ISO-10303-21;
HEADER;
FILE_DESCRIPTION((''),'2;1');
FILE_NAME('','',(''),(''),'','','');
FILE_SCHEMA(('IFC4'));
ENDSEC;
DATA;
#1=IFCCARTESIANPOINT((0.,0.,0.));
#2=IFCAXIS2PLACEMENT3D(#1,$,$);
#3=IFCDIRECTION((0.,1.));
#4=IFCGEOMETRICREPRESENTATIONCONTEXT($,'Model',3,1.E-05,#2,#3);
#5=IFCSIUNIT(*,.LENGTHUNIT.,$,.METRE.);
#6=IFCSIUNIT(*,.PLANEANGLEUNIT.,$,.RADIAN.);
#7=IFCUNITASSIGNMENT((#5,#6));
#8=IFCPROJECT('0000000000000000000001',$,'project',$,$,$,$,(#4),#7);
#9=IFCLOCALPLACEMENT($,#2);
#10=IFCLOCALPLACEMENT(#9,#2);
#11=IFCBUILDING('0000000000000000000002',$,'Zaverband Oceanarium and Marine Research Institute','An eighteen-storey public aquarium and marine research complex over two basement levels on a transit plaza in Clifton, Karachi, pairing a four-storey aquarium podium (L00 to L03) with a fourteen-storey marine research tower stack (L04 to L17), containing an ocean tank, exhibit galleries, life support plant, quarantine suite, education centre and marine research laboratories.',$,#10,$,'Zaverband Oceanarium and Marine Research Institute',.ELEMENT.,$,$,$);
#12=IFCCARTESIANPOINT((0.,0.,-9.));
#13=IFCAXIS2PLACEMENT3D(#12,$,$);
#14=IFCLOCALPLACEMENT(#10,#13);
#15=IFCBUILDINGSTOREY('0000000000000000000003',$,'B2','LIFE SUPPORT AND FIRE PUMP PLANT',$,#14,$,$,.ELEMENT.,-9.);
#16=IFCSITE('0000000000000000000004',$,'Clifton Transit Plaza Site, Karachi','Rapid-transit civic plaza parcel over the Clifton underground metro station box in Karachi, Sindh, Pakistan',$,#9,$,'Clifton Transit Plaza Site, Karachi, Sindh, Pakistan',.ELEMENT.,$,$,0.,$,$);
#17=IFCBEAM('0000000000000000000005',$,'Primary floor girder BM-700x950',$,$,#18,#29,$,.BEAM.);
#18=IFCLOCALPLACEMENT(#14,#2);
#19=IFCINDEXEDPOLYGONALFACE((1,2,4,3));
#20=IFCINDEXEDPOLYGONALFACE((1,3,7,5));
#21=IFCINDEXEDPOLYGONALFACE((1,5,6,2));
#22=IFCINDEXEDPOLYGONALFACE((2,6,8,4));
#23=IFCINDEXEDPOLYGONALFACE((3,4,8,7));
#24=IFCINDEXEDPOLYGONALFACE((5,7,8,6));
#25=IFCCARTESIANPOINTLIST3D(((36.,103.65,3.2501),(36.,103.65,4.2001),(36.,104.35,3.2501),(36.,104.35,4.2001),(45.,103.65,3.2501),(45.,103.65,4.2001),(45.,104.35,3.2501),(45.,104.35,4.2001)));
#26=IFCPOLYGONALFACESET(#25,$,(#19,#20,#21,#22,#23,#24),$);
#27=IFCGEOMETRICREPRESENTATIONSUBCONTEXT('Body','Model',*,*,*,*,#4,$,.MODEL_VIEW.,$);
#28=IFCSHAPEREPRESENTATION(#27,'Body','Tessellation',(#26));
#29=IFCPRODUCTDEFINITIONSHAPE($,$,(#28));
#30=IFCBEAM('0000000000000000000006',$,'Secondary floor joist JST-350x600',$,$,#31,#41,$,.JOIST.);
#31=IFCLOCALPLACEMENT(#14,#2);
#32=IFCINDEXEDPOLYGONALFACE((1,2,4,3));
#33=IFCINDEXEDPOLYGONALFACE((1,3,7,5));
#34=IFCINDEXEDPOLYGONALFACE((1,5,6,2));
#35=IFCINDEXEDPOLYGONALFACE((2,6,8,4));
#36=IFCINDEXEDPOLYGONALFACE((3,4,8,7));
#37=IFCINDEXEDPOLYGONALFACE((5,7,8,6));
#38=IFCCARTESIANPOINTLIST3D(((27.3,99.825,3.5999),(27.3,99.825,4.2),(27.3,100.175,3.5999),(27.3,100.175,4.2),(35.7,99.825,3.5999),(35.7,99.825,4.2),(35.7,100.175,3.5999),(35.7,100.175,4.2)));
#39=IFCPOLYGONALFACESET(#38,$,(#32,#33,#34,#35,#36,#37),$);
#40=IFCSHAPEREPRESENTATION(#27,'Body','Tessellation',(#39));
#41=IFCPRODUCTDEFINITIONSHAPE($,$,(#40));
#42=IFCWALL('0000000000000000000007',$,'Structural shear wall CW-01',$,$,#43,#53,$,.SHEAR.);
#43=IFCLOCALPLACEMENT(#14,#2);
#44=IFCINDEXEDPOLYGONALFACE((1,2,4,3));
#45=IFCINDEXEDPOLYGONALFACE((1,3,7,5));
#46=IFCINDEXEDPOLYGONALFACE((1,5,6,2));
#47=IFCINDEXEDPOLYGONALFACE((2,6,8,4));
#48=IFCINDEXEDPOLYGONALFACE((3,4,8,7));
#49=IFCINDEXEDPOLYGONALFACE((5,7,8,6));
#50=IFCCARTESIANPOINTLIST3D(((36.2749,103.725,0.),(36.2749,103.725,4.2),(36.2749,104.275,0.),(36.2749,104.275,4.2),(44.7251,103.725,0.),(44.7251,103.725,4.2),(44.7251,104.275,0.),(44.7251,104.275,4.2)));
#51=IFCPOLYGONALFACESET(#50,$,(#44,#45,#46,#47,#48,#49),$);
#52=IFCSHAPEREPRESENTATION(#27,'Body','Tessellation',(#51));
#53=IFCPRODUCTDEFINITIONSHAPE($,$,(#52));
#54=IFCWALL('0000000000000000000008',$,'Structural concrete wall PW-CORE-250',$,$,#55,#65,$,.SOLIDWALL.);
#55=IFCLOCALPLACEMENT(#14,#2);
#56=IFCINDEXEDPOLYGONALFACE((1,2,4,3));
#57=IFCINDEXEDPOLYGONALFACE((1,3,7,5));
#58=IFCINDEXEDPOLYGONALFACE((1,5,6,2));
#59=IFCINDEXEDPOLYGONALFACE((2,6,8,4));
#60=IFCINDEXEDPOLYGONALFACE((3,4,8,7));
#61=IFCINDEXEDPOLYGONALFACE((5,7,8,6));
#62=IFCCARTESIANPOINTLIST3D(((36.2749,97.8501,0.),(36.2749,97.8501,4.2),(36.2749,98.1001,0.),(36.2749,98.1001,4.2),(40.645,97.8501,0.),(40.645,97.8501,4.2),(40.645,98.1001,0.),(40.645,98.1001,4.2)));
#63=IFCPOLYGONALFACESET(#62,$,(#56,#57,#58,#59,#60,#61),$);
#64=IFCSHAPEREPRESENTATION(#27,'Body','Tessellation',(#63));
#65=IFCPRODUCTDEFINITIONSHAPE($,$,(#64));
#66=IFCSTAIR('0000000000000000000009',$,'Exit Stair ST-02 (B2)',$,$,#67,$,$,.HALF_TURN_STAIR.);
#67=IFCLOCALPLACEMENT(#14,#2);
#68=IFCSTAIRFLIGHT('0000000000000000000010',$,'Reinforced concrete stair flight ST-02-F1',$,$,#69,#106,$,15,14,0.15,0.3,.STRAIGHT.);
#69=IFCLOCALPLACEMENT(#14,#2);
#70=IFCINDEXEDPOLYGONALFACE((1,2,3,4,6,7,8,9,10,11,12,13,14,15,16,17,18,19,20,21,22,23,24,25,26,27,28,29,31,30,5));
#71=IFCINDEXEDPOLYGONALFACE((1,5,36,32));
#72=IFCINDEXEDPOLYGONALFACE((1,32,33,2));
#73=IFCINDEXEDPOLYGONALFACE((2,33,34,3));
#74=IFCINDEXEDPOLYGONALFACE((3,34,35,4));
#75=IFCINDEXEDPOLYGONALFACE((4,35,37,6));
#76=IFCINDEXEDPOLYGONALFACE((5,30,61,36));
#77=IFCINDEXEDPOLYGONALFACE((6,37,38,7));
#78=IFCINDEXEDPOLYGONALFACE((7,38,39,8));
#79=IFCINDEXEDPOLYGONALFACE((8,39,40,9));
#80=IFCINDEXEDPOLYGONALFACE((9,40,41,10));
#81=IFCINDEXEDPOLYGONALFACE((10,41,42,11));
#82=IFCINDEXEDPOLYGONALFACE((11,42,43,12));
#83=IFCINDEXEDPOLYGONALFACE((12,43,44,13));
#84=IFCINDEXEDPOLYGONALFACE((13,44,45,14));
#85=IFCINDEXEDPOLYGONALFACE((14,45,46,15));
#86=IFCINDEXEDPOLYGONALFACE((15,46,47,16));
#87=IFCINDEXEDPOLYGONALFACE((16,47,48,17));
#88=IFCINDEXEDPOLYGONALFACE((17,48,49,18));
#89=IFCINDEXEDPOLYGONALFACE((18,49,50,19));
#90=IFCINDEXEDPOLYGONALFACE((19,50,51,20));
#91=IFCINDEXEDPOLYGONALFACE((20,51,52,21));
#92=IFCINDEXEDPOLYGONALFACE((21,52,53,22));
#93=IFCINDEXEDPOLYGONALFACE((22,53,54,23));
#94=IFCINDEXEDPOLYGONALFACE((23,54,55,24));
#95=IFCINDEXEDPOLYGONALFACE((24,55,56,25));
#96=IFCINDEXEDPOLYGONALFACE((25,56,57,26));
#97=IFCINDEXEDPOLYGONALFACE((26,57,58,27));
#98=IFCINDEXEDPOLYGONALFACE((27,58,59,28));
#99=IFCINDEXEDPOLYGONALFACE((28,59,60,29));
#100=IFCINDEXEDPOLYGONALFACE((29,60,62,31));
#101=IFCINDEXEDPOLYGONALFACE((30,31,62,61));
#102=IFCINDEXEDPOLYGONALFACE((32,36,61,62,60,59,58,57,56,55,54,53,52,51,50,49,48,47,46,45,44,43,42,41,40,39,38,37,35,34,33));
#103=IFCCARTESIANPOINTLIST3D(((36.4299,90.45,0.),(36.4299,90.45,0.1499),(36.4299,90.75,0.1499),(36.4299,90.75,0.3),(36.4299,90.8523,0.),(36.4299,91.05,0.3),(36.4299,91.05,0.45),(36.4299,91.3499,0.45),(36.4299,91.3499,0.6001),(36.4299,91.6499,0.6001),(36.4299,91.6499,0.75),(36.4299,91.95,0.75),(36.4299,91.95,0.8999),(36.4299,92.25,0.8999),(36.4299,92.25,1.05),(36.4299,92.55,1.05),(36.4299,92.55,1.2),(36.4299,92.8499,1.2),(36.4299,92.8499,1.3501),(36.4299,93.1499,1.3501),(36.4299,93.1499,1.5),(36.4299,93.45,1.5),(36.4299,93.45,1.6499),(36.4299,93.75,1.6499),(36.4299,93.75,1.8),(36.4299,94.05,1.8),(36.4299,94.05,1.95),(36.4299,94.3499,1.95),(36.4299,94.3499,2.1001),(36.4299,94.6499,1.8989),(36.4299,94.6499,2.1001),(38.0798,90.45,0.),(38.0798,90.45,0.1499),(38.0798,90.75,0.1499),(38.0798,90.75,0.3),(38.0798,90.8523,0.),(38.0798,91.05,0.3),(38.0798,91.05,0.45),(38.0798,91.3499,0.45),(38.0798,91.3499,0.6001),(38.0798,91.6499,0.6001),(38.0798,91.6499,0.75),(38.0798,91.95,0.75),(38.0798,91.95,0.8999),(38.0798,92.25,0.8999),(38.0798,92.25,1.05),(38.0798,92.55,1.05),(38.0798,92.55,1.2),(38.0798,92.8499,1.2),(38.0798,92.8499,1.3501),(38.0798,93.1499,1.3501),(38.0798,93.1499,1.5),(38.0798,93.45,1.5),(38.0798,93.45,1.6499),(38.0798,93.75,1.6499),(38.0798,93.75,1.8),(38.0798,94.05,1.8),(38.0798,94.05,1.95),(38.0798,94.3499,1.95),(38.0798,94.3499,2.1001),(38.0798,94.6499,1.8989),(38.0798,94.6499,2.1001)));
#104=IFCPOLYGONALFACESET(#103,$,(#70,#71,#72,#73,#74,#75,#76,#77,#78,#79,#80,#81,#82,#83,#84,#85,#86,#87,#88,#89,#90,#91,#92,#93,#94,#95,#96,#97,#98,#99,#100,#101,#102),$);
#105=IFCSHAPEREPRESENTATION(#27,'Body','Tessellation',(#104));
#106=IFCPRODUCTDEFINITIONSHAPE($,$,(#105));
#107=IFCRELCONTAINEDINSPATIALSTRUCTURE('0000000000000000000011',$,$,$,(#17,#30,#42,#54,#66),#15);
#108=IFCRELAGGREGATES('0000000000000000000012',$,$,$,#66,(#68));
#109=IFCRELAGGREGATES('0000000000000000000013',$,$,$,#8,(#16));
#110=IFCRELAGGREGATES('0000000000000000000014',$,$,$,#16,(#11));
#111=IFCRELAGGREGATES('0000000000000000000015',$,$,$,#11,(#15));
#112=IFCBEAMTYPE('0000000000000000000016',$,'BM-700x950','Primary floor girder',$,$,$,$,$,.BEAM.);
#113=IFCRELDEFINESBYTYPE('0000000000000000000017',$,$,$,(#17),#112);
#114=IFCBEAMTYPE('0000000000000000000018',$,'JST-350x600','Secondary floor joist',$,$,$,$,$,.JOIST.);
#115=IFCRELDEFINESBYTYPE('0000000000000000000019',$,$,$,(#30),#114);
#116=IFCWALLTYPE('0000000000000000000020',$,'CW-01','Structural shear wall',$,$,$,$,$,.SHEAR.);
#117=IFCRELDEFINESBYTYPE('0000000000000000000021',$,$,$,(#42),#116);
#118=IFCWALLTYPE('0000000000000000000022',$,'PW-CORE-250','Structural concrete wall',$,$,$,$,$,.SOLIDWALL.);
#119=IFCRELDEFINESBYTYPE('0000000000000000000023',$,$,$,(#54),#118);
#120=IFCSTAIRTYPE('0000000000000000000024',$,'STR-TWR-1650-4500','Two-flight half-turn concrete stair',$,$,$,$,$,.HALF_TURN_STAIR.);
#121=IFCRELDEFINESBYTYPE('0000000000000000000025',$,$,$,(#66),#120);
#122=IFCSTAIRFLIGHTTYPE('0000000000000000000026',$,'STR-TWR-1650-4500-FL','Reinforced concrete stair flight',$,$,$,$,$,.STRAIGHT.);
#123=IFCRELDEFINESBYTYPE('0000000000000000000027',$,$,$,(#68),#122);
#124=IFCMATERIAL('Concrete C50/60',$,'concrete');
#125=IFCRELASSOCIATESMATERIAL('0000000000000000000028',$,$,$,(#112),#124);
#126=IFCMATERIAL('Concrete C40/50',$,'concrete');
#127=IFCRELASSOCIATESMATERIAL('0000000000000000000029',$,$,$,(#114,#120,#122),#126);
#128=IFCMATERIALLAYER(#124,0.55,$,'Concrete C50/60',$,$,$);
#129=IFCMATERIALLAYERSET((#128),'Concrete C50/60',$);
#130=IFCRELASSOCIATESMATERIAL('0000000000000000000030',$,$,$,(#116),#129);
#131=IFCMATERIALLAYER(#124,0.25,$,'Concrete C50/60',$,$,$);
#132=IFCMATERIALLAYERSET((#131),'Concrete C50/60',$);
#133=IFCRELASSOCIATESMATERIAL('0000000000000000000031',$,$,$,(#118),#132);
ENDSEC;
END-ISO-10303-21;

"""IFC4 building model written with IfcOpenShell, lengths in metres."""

from ifc_helpers import new_model, si_unit, direction, frame, frame_2d, origin, origin_2d, place, context, subcontext, project, spatial, polyline, rectangle, outline, extrude, material, layer, layer_set, material_profile, profile_set, type_object, element, aggregate, save


model = new_model("IFC4")

# Units and contexts
model_context = context("Model", 3, precision=1e-05, world=origin(), true_north=direction((0.0, 1.0)))
body_context = subcontext(model_context, "Body", "Model", "MODEL_VIEW")
ifc_project = project(units=[si_unit("LENGTHUNIT", "METRE"), si_unit("PLANEANGLEUNIT", "RADIAN")], contexts=[model_context])

# Site, building, storey
site_placement = place(None, origin())
site = spatial("IfcSite", under=ifc_project, at=site_placement, Name="Clifton Transit Plaza Site, Karachi", Description="Rapid-transit civic plaza parcel over the Clifton underground metro station box in Karachi, Sindh, Pakistan", LongName="Clifton Transit Plaza Site, Karachi, Sindh, Pakistan", CompositionType="ELEMENT", RefElevation=0.0)
building_placement = place(site_placement, origin())
building = spatial("IfcBuilding", under=site, at=building_placement, Name="Zaverband Oceanarium and Marine Research Institute", Description="An eighteen-storey public aquarium and marine research complex over two basement levels on a transit plaza in Clifton, Karachi, pairing a four-storey aquarium podium (L00 to L03) with a fourteen-storey marine research tower stack (L04 to L17), containing an ocean tank, exhibit galleries, life support plant, quarantine suite, education centre and marine research laboratories.", LongName="Zaverband Oceanarium and Marine Research Institute", CompositionType="ELEMENT")
storey_placement = place(building_placement, frame((0.0, 0.0, -9.0)))
storey = spatial("IfcBuildingStorey", under=building, at=storey_placement, Name="B2", Description="LIFE SUPPORT AND FIRE PUMP PLANT", CompositionType="ELEMENT", Elevation=-9.0)

# Shared definitions
ifc_material_1 = material(Name="Concrete C50/60", Category="concrete")

# Beams
ifc_material_2 = material(Name="Concrete C40/50", Category="concrete")
ifc_material_profile_1 = material_profile(ifc_material_1, rectangle(XDim=0.7, YDim=0.95, at=origin_2d()), Name="RC700x950")
ifc_profile_set_1 = profile_set([ifc_material_profile_1], Name="Concrete C50/60")
beam_type_1 = type_object("IfcBeamType", Name="BM-700x950", Description="Primary floor girder", PredefinedType="BEAM", material=ifc_profile_set_1)
beam_1_placement = place(storey_placement, frame((36.0, 104.0, 3.7251), z_axis=(1.0, 0.0, 0.0), x_axis=(0.0, 1.0, 0.0)))
element("IfcBeam", 1, at=beam_1_placement, inside=storey, type_object=beam_type_1, Name="Primary floor girder BM-700x950", PredefinedType="BEAM", context=body_context, shape_type="SweptSolid", body=[
    extrude(rectangle(XDim=0.7, YDim=0.95, at=origin_2d()), origin(), (0.0, 0.0, 1.0), 9.0),
])
ifc_material_profile_2 = material_profile(ifc_material_2, rectangle(XDim=0.3501, YDim=0.6001, at=origin_2d()), Name="RC350x600")
ifc_profile_set_2 = profile_set([ifc_material_profile_2], Name="Concrete C40/50")
beam_type_2 = type_object("IfcBeamType", Name="JST-350x600", Description="Secondary floor joist", PredefinedType="JOIST", material=ifc_profile_set_2)
beam_2_placement = place(storey_placement, frame((27.3, 100.0, 3.8999), z_axis=(1.0, 0.0, 0.0), x_axis=(0.0, 1.0, 0.0)))
element("IfcBeam", 2, at=beam_2_placement, inside=storey, type_object=beam_type_2, Name="Secondary floor joist JST-350x600", PredefinedType="JOIST", context=body_context, shape_type="SweptSolid", body=[
    extrude(rectangle(XDim=0.3501, YDim=0.6001, at=origin_2d()), origin(), (0.0, 0.0, 1.0), 8.3999),
])

# Walls
ifc_layer_1 = layer(ifc_material_1, 0.55, Name="Concrete C50/60")
ifc_layer_set_1 = layer_set([ifc_layer_1], Name="Concrete C50/60")
wall_type_1 = type_object("IfcWallType", Name="CW-01", Description="Structural shear wall", PredefinedType="SHEAR", material=ifc_layer_set_1)
wall_1_placement = place(storey_placement, frame((36.2749, 104.0, 0.0), z_axis=(0.0, 0.0, 1.0), x_axis=(1.0, 0.0, 0.0)))
element("IfcWall", 3, at=wall_1_placement, inside=storey, type_object=wall_type_1, Name="Structural shear wall CW-01", PredefinedType="SHEAR", context=body_context, shape_type="SweptSolid", body=[
    extrude(rectangle(XDim=8.4502, YDim=0.55, at=frame_2d((4.2251, 0.0))), origin(), (0.0, 0.0, 1.0), 4.2),
])
ifc_layer_2 = layer(ifc_material_1, 0.25, Name="Concrete C50/60")
ifc_layer_set_2 = layer_set([ifc_layer_2], Name="Concrete C50/60")
wall_type_2 = type_object("IfcWallType", Name="PW-CORE-250", Description="Structural concrete wall", PredefinedType="SOLIDWALL", material=ifc_layer_set_2)
wall_2_placement = place(storey_placement, frame((36.2749, 97.9751, 0.0), z_axis=(0.0, 0.0, 1.0), x_axis=(1.0, 0.0, 0.0)))
element("IfcWall", 4, at=wall_2_placement, inside=storey, type_object=wall_type_2, Name="Structural concrete wall PW-CORE-250", PredefinedType="SOLIDWALL", context=body_context, shape_type="SweptSolid", body=[
    extrude(rectangle(XDim=4.3701, YDim=0.25, at=frame_2d((2.1851, 0.0))), origin(), (0.0, 0.0, 1.0), 4.2),
])

# Stair, stair flight
stair_type = type_object("IfcStairType", Name="STR-TWR-1650-4500", Description="Two-flight half-turn concrete stair", PredefinedType="HALF_TURN_STAIR", material=ifc_material_2)
stair_placement = place(storey_placement, origin())
stair = element("IfcStair", 5, at=stair_placement, inside=storey, type_object=stair_type, Name="Exit Stair ST-02 (B2)", PredefinedType="HALF_TURN_STAIR")
stair_flight_type = type_object("IfcStairFlightType", Name="STR-TWR-1650-4500-FL", Description="Reinforced concrete stair flight", PredefinedType="STRAIGHT", material=ifc_material_2)
stair_flight_placement = place(storey_placement, frame((37.2549, 90.45, 0.0), z_axis=(0.0, 0.0, 1.0), x_axis=(0.0, 1.0, 0.0)))
stair_flight = element("IfcStairFlight", 6, at=stair_flight_placement, type_object=stair_flight_type, Name="Reinforced concrete stair flight ST-02-F1", NumberOfRisers=15, NumberOfTreads=14, PredefinedType="STRAIGHT", RiserHeight=0.15, TreadLength=0.3, context=body_context, shape_type="SweptSolid", body=[
    extrude(outline(polyline([(0.0, 0.0), (0.0, 0.1499), (0.3, 0.1499), (0.3, 0.3), (0.6001, 0.3), (0.6001, 0.45), (0.8999, 0.45), (0.8999, 0.6001), (1.2, 0.6001), (1.2, 0.75), (1.5, 0.75), (1.5, 0.8999), (1.8, 0.8999), (1.8, 1.05), (2.1001, 1.05), (2.1001, 1.2), (2.3999, 1.2), (2.3999, 1.3501), (2.7, 1.3501), (2.7, 1.5), (3.0, 1.5), (3.0, 1.6499), (3.3, 1.6499), (3.3, 1.8), (3.6001, 1.8), (3.6001, 1.95), (3.8999, 1.95), (3.8999, 2.1001), (4.2, 2.1001), (4.2, 2.25), (4.2, 1.8989), (0.4023, 0.0), (0.0, 0.0)])), frame((0.0, 0.825, 0.0), z_axis=(0.0, -1.0, 0.0), x_axis=(1.0, 0.0, 0.0)), (0.0, 0.0, 1.0), 1.6499),
])
aggregate(stair, [stair_flight])

save(model, "model.ifc")
